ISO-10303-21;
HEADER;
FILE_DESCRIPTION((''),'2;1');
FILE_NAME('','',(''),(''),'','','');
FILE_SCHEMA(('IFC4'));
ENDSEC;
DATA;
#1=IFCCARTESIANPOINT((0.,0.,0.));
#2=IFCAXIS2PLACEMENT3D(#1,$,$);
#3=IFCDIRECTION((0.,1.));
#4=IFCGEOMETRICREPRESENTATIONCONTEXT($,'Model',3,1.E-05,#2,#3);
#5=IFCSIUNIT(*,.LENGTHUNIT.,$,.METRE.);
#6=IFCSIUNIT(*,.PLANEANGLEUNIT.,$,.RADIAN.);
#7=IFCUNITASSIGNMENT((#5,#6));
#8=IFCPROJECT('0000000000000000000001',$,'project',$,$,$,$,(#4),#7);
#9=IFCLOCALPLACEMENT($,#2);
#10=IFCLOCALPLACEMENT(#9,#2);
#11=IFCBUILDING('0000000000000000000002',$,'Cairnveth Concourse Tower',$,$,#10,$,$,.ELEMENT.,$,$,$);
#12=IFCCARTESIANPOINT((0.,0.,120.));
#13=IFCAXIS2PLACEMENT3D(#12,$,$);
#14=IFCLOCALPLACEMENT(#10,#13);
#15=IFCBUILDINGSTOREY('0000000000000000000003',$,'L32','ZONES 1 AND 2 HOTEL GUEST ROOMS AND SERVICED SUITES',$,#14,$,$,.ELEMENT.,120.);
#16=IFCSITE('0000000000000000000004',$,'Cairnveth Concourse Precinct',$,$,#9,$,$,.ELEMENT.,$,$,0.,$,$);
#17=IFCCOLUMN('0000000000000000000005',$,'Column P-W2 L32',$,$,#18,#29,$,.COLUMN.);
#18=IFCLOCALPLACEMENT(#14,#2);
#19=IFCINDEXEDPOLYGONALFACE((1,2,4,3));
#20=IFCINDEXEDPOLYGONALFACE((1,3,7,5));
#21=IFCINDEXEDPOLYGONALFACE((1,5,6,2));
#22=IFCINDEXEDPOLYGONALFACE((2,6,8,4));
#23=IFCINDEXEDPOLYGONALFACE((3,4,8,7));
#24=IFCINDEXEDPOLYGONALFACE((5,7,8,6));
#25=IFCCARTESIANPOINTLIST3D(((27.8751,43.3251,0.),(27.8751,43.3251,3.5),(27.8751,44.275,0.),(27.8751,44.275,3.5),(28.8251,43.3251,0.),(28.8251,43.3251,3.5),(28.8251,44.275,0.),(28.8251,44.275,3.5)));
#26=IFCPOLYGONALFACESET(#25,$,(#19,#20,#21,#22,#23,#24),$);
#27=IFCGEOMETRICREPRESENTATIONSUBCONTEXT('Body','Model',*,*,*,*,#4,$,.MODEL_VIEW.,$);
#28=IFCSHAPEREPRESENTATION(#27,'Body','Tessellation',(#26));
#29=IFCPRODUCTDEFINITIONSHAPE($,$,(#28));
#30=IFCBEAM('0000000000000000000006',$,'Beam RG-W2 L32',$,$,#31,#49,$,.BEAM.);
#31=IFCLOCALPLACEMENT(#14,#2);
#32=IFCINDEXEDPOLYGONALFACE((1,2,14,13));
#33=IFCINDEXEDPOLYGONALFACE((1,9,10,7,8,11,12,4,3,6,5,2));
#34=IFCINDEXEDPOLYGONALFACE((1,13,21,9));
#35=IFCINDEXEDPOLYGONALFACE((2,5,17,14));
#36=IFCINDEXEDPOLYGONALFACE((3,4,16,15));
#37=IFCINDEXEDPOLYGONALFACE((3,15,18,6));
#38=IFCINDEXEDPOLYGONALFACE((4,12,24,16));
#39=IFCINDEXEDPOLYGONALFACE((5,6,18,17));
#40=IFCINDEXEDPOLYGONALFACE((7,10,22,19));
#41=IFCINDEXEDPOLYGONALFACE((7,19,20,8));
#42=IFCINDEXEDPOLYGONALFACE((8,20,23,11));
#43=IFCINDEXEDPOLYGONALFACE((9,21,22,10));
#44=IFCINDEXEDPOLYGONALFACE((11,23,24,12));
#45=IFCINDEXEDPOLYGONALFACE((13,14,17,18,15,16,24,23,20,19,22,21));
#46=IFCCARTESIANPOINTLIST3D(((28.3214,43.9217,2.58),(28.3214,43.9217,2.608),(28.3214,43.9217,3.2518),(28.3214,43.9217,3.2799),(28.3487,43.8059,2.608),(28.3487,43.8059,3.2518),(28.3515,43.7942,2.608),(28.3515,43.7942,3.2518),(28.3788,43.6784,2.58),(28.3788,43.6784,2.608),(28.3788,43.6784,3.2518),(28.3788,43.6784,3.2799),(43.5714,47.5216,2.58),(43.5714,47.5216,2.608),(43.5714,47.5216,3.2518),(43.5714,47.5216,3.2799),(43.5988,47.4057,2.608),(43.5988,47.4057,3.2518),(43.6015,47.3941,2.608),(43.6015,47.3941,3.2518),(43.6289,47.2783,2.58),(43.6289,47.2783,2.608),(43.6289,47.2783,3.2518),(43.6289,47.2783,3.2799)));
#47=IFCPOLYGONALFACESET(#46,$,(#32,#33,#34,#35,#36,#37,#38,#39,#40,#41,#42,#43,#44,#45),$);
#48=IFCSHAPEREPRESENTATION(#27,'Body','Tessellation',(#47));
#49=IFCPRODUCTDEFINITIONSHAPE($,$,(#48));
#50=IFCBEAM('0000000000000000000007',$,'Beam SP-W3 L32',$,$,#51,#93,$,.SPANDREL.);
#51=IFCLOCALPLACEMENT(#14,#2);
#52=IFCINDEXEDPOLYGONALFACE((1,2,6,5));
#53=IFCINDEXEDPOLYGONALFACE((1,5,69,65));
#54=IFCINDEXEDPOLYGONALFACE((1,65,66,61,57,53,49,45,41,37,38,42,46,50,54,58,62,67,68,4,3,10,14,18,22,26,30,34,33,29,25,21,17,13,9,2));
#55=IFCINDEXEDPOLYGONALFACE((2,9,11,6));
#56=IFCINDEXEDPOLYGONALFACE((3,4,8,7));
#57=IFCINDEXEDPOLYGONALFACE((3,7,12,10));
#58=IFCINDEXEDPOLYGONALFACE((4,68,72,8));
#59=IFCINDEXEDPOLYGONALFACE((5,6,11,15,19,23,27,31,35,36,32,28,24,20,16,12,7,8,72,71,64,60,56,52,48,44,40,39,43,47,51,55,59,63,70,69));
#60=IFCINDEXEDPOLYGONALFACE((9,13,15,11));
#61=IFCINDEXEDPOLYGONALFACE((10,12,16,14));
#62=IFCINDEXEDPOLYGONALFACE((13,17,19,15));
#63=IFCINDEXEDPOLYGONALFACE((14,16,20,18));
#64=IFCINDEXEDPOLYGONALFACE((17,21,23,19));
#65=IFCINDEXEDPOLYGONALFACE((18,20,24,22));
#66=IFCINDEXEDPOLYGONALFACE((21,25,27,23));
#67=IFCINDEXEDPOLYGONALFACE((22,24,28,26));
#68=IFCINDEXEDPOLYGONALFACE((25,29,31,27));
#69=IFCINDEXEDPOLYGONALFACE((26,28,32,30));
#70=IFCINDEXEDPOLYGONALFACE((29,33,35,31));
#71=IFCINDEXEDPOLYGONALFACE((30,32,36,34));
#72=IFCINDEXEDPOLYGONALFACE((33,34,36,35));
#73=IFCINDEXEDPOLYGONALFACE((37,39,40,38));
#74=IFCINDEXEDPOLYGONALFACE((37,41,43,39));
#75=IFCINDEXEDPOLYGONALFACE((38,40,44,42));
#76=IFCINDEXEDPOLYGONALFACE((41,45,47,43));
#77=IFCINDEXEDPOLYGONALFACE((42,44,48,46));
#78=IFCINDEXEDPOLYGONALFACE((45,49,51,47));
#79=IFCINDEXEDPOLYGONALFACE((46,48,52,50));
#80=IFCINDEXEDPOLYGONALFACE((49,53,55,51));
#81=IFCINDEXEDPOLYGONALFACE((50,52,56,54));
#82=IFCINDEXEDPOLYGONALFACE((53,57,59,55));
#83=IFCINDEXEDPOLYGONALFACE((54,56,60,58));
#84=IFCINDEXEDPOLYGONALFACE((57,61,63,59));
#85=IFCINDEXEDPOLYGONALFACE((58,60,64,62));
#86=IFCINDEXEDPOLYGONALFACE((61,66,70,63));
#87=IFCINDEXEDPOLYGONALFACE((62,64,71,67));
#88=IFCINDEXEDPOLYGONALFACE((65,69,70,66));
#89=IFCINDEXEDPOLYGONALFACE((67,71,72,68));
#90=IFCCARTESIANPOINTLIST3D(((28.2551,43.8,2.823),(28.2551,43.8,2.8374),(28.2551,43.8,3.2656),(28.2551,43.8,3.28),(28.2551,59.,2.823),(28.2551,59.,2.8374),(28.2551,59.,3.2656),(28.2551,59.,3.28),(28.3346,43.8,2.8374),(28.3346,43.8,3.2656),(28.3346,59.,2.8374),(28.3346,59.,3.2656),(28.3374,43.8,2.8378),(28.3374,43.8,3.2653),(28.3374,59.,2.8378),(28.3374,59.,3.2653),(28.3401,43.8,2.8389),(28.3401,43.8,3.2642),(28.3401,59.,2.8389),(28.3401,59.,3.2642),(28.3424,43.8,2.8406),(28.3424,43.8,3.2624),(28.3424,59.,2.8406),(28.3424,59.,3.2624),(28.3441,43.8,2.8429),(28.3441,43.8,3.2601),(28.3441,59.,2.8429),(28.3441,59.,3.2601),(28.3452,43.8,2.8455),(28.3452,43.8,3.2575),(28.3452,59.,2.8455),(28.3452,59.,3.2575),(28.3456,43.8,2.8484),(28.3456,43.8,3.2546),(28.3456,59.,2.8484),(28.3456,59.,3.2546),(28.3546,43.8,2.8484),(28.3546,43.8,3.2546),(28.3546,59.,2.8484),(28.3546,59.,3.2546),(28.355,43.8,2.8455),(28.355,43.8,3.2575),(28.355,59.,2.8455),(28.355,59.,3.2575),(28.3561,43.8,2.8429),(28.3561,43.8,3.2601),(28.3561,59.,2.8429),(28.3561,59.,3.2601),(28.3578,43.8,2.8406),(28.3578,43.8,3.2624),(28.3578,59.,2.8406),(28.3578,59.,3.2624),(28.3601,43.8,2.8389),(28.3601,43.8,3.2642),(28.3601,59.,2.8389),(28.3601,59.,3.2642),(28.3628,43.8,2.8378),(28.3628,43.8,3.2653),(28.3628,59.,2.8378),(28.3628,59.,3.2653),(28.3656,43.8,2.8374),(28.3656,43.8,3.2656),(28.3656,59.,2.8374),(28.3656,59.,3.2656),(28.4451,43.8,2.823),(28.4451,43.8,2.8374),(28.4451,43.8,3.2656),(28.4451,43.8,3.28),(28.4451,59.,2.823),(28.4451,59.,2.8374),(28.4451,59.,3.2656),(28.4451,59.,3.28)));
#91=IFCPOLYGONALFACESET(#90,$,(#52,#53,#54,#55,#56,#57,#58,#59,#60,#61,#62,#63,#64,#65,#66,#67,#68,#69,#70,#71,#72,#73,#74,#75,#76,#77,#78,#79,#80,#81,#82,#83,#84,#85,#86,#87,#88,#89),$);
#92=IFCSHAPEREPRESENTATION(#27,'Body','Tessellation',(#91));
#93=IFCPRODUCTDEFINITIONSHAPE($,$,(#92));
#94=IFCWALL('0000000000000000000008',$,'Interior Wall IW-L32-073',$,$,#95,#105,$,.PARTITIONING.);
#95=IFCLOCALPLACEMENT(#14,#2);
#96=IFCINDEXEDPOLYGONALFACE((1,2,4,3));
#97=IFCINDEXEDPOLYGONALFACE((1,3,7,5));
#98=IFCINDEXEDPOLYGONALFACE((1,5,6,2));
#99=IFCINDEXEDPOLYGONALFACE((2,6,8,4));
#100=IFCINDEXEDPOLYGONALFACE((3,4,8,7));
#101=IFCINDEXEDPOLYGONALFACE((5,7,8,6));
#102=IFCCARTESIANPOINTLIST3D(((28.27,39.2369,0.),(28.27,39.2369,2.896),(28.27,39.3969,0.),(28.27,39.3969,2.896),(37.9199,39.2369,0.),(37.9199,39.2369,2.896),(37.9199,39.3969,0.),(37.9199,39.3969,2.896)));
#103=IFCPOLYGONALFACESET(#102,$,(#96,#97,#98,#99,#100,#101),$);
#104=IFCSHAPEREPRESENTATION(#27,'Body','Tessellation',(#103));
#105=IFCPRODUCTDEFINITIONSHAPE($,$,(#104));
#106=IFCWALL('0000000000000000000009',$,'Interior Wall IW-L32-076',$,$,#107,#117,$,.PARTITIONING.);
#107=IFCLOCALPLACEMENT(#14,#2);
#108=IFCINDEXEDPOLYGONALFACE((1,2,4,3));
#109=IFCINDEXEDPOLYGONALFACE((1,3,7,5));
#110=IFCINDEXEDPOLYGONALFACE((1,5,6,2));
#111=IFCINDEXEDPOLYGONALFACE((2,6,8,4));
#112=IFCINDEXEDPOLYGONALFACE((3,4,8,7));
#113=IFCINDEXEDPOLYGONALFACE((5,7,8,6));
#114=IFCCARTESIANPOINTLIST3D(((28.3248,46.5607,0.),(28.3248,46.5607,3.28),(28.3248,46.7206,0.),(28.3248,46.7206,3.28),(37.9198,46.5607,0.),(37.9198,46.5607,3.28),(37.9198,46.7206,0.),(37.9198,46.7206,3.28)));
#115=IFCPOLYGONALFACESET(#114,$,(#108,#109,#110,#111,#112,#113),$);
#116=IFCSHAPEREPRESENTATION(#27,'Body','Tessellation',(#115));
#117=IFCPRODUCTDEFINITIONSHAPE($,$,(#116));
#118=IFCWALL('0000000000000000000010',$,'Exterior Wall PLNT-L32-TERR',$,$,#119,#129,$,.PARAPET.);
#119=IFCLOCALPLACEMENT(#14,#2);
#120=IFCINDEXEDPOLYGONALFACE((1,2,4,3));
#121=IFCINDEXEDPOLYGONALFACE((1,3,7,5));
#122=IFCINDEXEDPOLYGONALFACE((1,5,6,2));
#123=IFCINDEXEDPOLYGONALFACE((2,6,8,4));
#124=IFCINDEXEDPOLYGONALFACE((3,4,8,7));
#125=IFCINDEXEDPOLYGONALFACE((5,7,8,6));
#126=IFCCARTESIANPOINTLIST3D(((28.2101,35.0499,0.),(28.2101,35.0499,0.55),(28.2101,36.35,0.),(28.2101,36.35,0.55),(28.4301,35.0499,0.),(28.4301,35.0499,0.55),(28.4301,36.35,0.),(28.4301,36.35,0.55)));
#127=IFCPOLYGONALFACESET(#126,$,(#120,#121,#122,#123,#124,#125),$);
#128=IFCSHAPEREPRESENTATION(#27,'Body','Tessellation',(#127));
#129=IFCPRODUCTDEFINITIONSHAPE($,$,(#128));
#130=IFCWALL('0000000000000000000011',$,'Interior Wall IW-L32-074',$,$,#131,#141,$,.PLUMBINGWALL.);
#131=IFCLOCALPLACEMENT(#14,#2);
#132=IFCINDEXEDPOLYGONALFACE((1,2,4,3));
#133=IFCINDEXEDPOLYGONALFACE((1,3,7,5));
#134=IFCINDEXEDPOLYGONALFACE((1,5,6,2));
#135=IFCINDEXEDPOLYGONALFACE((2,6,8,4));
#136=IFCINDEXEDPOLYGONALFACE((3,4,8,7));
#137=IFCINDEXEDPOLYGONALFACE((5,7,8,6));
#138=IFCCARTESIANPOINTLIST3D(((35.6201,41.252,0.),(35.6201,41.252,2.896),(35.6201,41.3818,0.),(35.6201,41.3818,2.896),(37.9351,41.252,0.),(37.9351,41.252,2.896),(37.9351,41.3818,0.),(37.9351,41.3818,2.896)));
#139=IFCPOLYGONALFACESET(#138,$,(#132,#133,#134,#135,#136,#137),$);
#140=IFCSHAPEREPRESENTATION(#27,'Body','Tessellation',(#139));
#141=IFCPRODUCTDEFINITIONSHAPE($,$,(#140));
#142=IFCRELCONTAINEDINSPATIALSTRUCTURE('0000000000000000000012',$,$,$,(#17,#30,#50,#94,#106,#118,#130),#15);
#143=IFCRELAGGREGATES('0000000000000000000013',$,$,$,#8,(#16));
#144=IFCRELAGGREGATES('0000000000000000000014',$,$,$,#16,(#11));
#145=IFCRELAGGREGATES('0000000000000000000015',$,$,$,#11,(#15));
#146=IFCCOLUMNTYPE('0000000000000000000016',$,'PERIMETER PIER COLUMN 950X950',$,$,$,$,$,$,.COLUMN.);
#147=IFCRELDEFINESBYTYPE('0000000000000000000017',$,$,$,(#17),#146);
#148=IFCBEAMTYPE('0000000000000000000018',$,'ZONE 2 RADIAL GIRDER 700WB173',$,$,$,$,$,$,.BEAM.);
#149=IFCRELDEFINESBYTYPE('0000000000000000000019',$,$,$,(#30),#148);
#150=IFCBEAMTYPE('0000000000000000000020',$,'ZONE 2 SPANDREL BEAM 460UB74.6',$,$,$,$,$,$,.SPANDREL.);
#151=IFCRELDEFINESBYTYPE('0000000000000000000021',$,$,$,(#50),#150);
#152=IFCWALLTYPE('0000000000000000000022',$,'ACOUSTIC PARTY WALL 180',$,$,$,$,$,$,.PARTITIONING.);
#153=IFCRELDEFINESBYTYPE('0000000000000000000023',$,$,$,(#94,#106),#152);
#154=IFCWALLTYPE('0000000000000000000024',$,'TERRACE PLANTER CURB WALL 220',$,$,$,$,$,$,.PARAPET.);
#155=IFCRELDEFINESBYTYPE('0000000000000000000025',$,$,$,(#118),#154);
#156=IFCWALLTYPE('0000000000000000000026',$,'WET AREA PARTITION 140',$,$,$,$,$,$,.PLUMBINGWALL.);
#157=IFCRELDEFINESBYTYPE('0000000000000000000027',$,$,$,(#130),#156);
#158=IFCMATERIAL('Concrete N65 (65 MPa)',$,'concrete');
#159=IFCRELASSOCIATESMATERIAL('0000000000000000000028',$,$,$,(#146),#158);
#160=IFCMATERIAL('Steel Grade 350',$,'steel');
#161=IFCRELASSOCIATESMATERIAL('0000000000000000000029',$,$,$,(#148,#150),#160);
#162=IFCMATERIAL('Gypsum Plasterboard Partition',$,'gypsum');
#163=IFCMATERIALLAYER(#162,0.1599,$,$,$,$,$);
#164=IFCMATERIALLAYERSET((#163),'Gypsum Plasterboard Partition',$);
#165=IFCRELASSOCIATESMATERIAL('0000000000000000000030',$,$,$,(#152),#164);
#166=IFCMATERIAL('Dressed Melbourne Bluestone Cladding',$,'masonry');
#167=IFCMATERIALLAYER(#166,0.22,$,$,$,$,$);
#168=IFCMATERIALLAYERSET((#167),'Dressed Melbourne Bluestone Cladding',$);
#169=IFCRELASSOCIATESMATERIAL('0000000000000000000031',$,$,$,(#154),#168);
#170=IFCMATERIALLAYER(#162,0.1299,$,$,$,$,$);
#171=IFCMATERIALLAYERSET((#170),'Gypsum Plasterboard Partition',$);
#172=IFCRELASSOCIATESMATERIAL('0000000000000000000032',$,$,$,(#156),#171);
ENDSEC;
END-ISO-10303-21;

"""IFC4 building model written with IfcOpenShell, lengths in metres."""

from ifc_helpers import new_model, si_unit, direction, frame, frame_2d, origin, origin_2d, place, context, subcontext, project, spatial, rectangle, i_section, extrude, material, layer, layer_set, material_profile, profile_set, type_object, element, save


model = new_model("IFC4")

# Units and contexts
model_context = context("Model", 3, precision=1e-05, world=origin(), true_north=direction((0.0, 1.0)))
body_context = subcontext(model_context, "Body", "Model", "MODEL_VIEW")
ifc_project = project(units=[si_unit("LENGTHUNIT", "METRE"), si_unit("PLANEANGLEUNIT", "RADIAN")], contexts=[model_context])

# Site, building, storey
site_placement = place(None, origin())
site = spatial("IfcSite", under=ifc_project, at=site_placement, Name="Cairnveth Concourse Precinct", CompositionType="ELEMENT", RefElevation=0.0)
building_placement = place(site_placement, origin())
building = spatial("IfcBuilding", under=site, at=building_placement, Name="Cairnveth Concourse Tower", CompositionType="ELEMENT")
storey_placement = place(building_placement, frame((0.0, 0.0, 120.0)))
storey = spatial("IfcBuildingStorey", under=building, at=storey_placement, Name="L32", Description="ZONES 1 AND 2 HOTEL GUEST ROOMS AND SERVICED SUITES", CompositionType="ELEMENT", Elevation=120.0)

# Column
ifc_material_1 = material(Name="Concrete N65 (65 MPa)", Category="concrete")
ifc_material_profile_1 = material_profile(ifc_material_1, rectangle(XDim=0.95, YDim=0.95, at=origin_2d()), Name="RC-COL-950x950")
ifc_profile_set_1 = profile_set([ifc_material_profile_1], Name="Concrete N65 (65 MPa)")
column_type = type_object("IfcColumnType", Name="PERIMETER PIER COLUMN 950X950", PredefinedType="COLUMN", material=ifc_profile_set_1)
column_placement = place(storey_placement, frame((28.3501, 43.8, 0.0), z_axis=(0.0, 0.0, 1.0), x_axis=(0.0, 1.0, 0.0)))
element("IfcColumn", 1, at=column_placement, inside=storey, type_object=column_type, Name="Column P-W2 L32", PredefinedType="COLUMN", context=body_context, shape_type="SweptSolid", body=[
    extrude(rectangle(XDim=0.95, YDim=0.95, at=origin_2d()), origin(), (0.0, 0.0, 1.0), 3.5),
])

# Beams
ifc_material_2 = material(Name="Steel Grade 350", Category="steel")
ifc_material_profile_2 = material_profile(ifc_material_2, i_section(OverallWidth=0.25, OverallDepth=0.7, WebThickness=0.012, FlangeThickness=0.0281, at=origin_2d()), Name="700WB173")
ifc_profile_set_2 = profile_set([ifc_material_profile_2], Name="Steel Grade 350")
beam_type_1 = type_object("IfcBeamType", Name="ZONE 2 RADIAL GIRDER 700WB173", PredefinedType="BEAM", material=ifc_profile_set_2)
beam_1_placement = place(storey_placement, frame((28.3501, 43.8, 2.9299), z_axis=(0.973252, 0.229742, 0.0), x_axis=(-0.229742, 0.973252, 0.0)))
element("IfcBeam", 2, at=beam_1_placement, inside=storey, type_object=beam_type_1, Name="Beam RG-W2 L32", PredefinedType="BEAM", context=body_context, shape_type="SweptSolid", body=[
    extrude(i_section(OverallWidth=0.25, OverallDepth=0.7, WebThickness=0.012, FlangeThickness=0.0281, at=origin_2d()), origin(), (0.0, 0.0, 1.0), 15.6692),
])
ifc_material_profile_3 = material_profile(ifc_material_2, i_section(OverallWidth=0.1899, OverallDepth=0.457, WebThickness=0.009, FlangeThickness=0.0144, FilletRadius=0.011, at=origin_2d()), Name="460UB74.6")
ifc_profile_set_3 = profile_set([ifc_material_profile_3], Name="Steel Grade 350")
beam_type_2 = type_object("IfcBeamType", Name="ZONE 2 SPANDREL BEAM 460UB74.6", PredefinedType="SPANDREL", material=ifc_profile_set_3)
beam_2_placement = place(storey_placement, frame((28.3501, 43.8, 3.0515), z_axis=(0.0, 1.0, 0.0), x_axis=(-1.0, 0.0, 0.0)))
element("IfcBeam", 3, at=beam_2_placement, inside=storey, type_object=beam_type_2, Name="Beam SP-W3 L32", PredefinedType="SPANDREL", context=body_context, shape_type="SweptSolid", body=[
    extrude(i_section(OverallWidth=0.1899, OverallDepth=0.457, WebThickness=0.009, FlangeThickness=0.0144, FilletRadius=0.011, at=origin_2d()), origin(), (0.0, 0.0, 1.0), 15.2),
])

# Walls
ifc_material_3 = material(Name="Gypsum Plasterboard Partition", Category="gypsum")
ifc_layer_1 = layer(ifc_material_3, 0.1599)
ifc_layer_set_1 = layer_set([ifc_layer_1], Name="Gypsum Plasterboard Partition")
wall_type_1 = type_object("IfcWallType", Name="ACOUSTIC PARTY WALL 180", PredefinedType="PARTITIONING", material=ifc_layer_set_1)
wall_1_placement = place(storey_placement, frame((28.27, 39.3169, 0.0), z_axis=(0.0, 0.0, 1.0), x_axis=(1.0, 0.0, 0.0)))
element("IfcWall", 4, at=wall_1_placement, inside=storey, type_object=wall_type_1, Name="Interior Wall IW-L32-073", PredefinedType="PARTITIONING", context=body_context, shape_type="SweptSolid", body=[
    extrude(rectangle(XDim=9.6499, YDim=0.1599, at=frame_2d((4.825, 0.0))), origin(), (0.0, 0.0, 1.0), 2.896),
])
wall_2_placement = place(storey_placement, frame((28.325, 46.6406, 0.0), z_axis=(0.0, 0.0, 1.0), x_axis=(1.0, 0.0, 0.0)))
element("IfcWall", 5, at=wall_2_placement, inside=storey, type_object=wall_type_1, Name="Interior Wall IW-L32-076", PredefinedType="PARTITIONING", context=body_context, shape_type="SweptSolid", body=[
    extrude(rectangle(XDim=9.595, YDim=0.1599, at=frame_2d((4.7974, 0.0))), origin(), (0.0, 0.0, 1.0), 3.28),
])
ifc_material_4 = material(Name="Dressed Melbourne Bluestone Cladding", Category="masonry")
ifc_layer_2 = layer(ifc_material_4, 0.22)
ifc_layer_set_2 = layer_set([ifc_layer_2], Name="Dressed Melbourne Bluestone Cladding")
wall_type_2 = type_object("IfcWallType", Name="TERRACE PLANTER CURB WALL 220", PredefinedType="PARAPET", material=ifc_layer_set_2)
wall_3_placement = place(storey_placement, frame((28.3201, 35.05, 0.0), z_axis=(0.0, 0.0, 1.0), x_axis=(0.0, 1.0, 0.0)))
element("IfcWall", 6, at=wall_3_placement, inside=storey, type_object=wall_type_2, Name="Exterior Wall PLNT-L32-TERR", PredefinedType="PARAPET", context=body_context, shape_type="SweptSolid", body=[
    extrude(rectangle(XDim=1.3, YDim=0.22, at=frame_2d((0.6499, 0.0))), origin(), (0.0, 0.0, 1.0), 0.55),
])
ifc_layer_3 = layer(ifc_material_3, 0.1299)
ifc_layer_set_3 = layer_set([ifc_layer_3], Name="Gypsum Plasterboard Partition")
wall_type_3 = type_object("IfcWallType", Name="WET AREA PARTITION 140", PredefinedType="PLUMBINGWALL", material=ifc_layer_set_3)
wall_4_placement = place(storey_placement, frame((35.6201, 41.3169, 0.0), z_axis=(0.0, 0.0, 1.0), x_axis=(1.0, 0.0, 0.0)))
element("IfcWall", 7, at=wall_4_placement, inside=storey, type_object=wall_type_3, Name="Interior Wall IW-L32-074", PredefinedType="PLUMBINGWALL", context=body_context, shape_type="SweptSolid", body=[
    extrude(rectangle(XDim=2.3149, YDim=0.1299, at=frame_2d((1.1575, 0.0))), origin(), (0.0, 0.0, 1.0), 2.896),
])

save(model, "model.ifc")
